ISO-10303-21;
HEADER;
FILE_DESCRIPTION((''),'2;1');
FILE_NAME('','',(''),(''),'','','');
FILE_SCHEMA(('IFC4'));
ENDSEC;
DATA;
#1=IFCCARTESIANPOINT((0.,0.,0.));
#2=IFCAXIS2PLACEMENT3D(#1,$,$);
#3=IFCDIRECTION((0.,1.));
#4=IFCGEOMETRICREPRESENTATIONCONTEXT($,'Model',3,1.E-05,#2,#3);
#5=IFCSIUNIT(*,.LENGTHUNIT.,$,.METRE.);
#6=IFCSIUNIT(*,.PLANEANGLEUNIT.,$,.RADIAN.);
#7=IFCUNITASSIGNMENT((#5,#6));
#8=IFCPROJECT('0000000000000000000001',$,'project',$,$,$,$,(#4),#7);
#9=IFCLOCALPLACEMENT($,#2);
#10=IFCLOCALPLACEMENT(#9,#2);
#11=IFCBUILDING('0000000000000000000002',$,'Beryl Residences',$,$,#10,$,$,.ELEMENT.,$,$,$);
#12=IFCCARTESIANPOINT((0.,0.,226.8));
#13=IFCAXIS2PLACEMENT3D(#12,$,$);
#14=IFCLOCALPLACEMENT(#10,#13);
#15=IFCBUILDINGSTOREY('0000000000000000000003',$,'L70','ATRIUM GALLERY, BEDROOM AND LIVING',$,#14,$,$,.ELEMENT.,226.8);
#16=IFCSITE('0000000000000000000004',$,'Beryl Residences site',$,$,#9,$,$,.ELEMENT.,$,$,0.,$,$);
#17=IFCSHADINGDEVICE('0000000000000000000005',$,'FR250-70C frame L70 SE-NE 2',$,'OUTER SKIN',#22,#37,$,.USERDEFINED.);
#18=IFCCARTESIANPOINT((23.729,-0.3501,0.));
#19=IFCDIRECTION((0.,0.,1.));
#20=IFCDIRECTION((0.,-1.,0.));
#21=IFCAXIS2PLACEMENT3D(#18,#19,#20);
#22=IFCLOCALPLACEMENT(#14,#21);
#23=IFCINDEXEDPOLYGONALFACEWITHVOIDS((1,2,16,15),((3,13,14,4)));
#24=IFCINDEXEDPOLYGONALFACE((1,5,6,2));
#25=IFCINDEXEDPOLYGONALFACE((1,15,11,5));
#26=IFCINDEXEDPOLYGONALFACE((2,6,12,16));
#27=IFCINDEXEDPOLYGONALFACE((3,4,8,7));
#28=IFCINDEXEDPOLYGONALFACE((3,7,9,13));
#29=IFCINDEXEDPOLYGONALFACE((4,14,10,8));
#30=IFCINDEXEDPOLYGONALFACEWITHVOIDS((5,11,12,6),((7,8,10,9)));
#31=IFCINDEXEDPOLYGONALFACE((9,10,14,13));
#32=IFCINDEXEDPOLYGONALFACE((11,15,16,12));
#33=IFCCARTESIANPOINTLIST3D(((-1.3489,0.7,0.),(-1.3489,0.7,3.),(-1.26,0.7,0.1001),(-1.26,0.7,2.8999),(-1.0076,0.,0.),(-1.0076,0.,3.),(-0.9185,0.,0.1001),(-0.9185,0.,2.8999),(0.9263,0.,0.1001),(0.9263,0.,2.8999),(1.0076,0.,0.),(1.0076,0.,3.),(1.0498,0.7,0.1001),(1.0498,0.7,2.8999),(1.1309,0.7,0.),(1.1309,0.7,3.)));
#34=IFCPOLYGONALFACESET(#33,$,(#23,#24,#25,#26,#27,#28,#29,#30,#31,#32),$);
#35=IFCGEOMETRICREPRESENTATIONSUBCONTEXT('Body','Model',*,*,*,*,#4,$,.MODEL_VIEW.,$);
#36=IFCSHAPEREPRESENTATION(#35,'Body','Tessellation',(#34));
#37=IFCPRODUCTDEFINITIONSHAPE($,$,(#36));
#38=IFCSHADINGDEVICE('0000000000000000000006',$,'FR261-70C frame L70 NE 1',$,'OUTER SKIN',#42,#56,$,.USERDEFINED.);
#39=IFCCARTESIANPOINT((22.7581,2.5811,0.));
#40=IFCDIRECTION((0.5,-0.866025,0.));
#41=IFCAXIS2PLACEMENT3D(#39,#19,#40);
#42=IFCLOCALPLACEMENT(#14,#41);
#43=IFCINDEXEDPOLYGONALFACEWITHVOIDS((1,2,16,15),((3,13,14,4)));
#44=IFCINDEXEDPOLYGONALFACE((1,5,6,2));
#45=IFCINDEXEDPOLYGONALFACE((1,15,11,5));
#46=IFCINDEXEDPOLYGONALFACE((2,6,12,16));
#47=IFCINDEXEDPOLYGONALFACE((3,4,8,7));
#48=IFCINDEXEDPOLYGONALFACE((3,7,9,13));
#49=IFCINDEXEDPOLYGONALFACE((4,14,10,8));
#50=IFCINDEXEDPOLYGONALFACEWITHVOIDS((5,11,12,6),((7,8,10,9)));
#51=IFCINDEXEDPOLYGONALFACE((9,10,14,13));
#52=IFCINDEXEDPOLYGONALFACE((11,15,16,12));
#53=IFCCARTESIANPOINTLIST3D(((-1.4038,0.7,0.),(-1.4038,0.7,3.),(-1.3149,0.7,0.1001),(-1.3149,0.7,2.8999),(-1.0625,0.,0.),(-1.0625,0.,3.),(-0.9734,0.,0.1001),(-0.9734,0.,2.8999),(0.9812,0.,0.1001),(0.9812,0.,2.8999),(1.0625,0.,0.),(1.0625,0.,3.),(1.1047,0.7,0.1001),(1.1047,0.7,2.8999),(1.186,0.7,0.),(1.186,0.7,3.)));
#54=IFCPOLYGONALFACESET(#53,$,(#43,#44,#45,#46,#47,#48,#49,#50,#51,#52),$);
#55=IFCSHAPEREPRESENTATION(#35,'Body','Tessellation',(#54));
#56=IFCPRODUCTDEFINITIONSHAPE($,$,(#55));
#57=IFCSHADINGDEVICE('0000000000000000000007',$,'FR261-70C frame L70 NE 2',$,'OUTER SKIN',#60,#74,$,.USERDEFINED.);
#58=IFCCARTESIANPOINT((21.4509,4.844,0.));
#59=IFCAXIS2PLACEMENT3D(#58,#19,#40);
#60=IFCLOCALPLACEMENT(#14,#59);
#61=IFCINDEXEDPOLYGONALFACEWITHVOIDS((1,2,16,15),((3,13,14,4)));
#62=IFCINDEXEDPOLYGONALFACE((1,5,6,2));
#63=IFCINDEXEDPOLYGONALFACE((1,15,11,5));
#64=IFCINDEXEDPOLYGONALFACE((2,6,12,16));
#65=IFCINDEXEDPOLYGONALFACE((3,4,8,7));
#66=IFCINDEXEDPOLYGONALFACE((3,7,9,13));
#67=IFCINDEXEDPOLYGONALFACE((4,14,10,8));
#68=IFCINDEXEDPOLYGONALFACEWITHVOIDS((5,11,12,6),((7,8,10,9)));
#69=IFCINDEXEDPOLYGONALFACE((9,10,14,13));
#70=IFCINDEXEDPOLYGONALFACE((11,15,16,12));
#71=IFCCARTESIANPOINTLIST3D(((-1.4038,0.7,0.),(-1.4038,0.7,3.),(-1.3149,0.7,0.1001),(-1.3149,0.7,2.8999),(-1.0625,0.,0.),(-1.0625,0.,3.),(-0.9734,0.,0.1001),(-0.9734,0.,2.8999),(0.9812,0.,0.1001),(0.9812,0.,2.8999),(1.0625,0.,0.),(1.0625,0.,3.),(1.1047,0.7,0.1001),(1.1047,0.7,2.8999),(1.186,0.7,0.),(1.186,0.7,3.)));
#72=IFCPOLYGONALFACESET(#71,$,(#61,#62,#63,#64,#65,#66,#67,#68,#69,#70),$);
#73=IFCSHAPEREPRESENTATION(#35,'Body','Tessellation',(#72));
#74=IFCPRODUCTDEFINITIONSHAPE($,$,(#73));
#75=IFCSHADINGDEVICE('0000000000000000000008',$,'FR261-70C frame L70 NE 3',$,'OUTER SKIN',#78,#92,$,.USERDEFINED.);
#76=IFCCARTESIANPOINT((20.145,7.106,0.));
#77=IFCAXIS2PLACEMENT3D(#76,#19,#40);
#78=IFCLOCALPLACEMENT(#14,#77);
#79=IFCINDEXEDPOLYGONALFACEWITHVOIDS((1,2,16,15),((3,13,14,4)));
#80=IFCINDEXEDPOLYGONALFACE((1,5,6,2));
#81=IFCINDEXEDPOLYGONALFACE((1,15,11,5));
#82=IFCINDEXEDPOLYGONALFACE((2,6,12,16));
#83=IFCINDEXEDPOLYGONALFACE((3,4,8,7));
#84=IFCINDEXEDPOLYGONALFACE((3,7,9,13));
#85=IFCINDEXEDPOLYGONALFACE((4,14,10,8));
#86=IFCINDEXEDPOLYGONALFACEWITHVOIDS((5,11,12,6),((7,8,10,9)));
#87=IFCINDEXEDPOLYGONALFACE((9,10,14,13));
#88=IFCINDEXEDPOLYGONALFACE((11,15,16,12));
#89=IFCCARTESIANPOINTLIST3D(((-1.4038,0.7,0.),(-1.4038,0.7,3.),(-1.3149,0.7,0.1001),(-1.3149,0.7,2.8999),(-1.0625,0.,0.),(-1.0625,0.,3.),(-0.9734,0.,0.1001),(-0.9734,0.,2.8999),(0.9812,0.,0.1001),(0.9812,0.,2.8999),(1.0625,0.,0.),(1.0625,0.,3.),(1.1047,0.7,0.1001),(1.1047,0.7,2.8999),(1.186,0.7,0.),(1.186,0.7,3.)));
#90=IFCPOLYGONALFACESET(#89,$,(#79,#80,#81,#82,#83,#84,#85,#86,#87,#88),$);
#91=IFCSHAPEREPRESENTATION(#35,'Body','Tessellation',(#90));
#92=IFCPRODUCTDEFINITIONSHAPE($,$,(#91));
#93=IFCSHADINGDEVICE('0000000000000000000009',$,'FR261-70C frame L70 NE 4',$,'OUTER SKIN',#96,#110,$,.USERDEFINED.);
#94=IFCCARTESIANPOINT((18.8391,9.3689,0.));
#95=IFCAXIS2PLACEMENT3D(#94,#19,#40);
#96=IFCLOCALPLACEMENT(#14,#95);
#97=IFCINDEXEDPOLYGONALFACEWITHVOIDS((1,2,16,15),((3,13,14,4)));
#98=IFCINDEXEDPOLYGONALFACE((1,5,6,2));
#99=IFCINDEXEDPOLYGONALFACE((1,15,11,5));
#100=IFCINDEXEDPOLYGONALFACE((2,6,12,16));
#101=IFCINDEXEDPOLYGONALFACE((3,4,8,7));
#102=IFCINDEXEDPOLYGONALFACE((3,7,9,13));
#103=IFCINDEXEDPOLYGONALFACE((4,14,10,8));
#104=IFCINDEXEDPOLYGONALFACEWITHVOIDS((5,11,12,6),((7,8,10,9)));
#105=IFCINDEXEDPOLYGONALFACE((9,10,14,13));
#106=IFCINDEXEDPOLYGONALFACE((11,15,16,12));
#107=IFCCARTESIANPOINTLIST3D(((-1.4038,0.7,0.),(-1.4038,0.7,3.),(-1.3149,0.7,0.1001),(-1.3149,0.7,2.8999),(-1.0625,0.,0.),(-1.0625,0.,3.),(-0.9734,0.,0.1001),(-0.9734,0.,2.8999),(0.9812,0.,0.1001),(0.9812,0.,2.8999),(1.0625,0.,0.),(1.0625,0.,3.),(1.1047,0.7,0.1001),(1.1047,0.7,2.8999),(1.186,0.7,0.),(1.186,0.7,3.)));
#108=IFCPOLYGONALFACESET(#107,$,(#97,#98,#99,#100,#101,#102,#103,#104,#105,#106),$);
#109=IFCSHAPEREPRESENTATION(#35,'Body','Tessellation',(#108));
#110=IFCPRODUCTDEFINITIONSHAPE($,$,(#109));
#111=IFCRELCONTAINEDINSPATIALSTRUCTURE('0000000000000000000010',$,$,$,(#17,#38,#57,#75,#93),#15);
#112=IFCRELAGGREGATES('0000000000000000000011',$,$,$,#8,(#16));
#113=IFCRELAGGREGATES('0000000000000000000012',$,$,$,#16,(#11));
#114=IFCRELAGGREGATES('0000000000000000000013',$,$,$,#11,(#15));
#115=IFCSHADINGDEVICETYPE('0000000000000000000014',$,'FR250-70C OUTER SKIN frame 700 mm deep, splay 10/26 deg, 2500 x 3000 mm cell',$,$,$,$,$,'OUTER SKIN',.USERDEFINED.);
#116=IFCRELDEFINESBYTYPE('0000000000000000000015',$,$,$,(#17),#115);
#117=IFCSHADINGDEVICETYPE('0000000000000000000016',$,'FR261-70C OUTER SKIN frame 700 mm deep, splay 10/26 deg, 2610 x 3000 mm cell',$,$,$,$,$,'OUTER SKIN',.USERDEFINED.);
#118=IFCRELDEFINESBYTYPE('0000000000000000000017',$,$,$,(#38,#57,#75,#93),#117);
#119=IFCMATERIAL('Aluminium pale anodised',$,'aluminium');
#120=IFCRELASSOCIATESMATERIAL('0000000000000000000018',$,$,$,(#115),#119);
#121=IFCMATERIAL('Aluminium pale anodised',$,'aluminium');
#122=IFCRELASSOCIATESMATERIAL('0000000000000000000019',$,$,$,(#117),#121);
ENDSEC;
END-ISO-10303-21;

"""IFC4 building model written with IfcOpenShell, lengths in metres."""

from ifc_helpers import new_model, entity, si_unit, direction, frame, origin, place, context, subcontext, project, spatial, source, transform, mapped, material, type_object, type_shapes, element, save


model = new_model("IFC4")

# Units and contexts
model_context = context("Model", 3, precision=1e-05, world=origin(), true_north=direction((0.0, 1.0)))
body_context = subcontext(model_context, "Body", "Model", "MODEL_VIEW")
ifc_project = project(units=[si_unit("LENGTHUNIT", "METRE"), si_unit("PLANEANGLEUNIT", "RADIAN")], contexts=[model_context])

# Site, building, storey
site_placement = place(None, origin())
site = spatial("IfcSite", under=ifc_project, at=site_placement, Name="Beryl Residences site", CompositionType="ELEMENT", RefElevation=0.0)
building_placement = place(site_placement, origin())
building = spatial("IfcBuilding", under=site, at=building_placement, Name="Beryl Residences", CompositionType="ELEMENT")
storey_placement = place(building_placement, frame((0.0, 0.0, 226.8)))
storey = spatial("IfcBuildingStorey", under=building, at=storey_placement, Name="L70", Description="ATRIUM GALLERY, BEDROOM AND LIVING", CompositionType="ELEMENT", Elevation=226.8)

# Shading devices
ifc_material_1 = material(Name="Aluminium pale anodised", Category="aluminium")
shading_device_type_1 = type_object("IfcShadingDeviceType", Name="FR250-70C OUTER SKIN frame 700 mm deep, splay 10/26 deg, 2500 x 3000 mm cell", ElementType="OUTER SKIN", PredefinedType="USERDEFINED", material=ifc_material_1)
cartesian_point_1 = entity("IfcCartesianPoint", [-1.0076, 0.0])
cartesian_point_2 = entity("IfcCartesianPoint", [-0.9263, 0.1001])
cartesian_point_3 = entity("IfcCartesianPoint", [-1.1309, 0.0])
cartesian_point_4 = entity("IfcCartesianPoint", [-1.0498, 0.1001])
shared_shape_1 = source(origin(), body_context, "Body", "SweptSolid", [
    entity("IfcExtrudedAreaSolidTapered", entity("IfcArbitraryProfileDefWithVoids", "AREA", None, entity("IfcPolyline", [cartesian_point_1, entity("IfcCartesianPoint", [1.0076, 0.0]), entity("IfcCartesianPoint", [1.0076, 3.0]), entity("IfcCartesianPoint", [-1.0076, 3.0]), cartesian_point_1]), [entity("IfcPolyline", [cartesian_point_2, entity("IfcCartesianPoint", [0.9185, 0.1001]), entity("IfcCartesianPoint", [0.9185, 2.8999]), entity("IfcCartesianPoint", [-0.9263, 2.8999]), cartesian_point_2])]), entity("IfcAxis2Placement3D", entity("IfcCartesianPoint", [0.0, 0.0, 0.0]), entity("IfcDirection", [0.0, 1.0, 0.0]), entity("IfcDirection", [-1.0, 0.0, 0.0])), entity("IfcDirection", [0.0, 0.0, 1.0]), 0.7, entity("IfcArbitraryProfileDefWithVoids", "AREA", None, entity("IfcPolyline", [cartesian_point_3, entity("IfcCartesianPoint", [1.3489, 0.0]), entity("IfcCartesianPoint", [1.3489, 3.0]), entity("IfcCartesianPoint", [-1.1309, 3.0]), cartesian_point_3]), [entity("IfcPolyline", [cartesian_point_4, entity("IfcCartesianPoint", [1.26, 0.1001]), entity("IfcCartesianPoint", [1.26, 2.8999]), entity("IfcCartesianPoint", [-1.0498, 2.8999]), cartesian_point_4])])),
])
type_shapes(shading_device_type_1, [shared_shape_1])
shading_device_placement = place(storey_placement, frame((23.729, -0.3501, 0.0), z_axis=(0.0, 0.0, 1.0), x_axis=(0.0, -1.0, 0.0)))
element("IfcShadingDevice", 1, at=shading_device_placement, inside=storey, type_object=shading_device_type_1, Name="FR250-70C frame L70 SE-NE 2", ObjectType="OUTER SKIN", PredefinedType="USERDEFINED", context=body_context, shape_type="MappedRepresentation", body=[
    mapped(shared_shape_1, transform((0.0, 0.0, 0.0))),
])
ifc_material_2 = material(Name="Aluminium pale anodised", Category="aluminium")
shading_device_type_2 = type_object("IfcShadingDeviceType", Name="FR261-70C OUTER SKIN frame 700 mm deep, splay 10/26 deg, 2610 x 3000 mm cell", ElementType="OUTER SKIN", PredefinedType="USERDEFINED", material=ifc_material_2)
cartesian_point_5 = entity("IfcCartesianPoint", [-1.0625, 0.0])
cartesian_point_6 = entity("IfcCartesianPoint", [-0.9812, 0.1001])
cartesian_point_7 = entity("IfcCartesianPoint", [-1.186, 0.0])
cartesian_point_8 = entity("IfcCartesianPoint", [-1.1047, 0.1001])
shared_shape_2 = source(origin(), body_context, "Body", "SweptSolid", [
    entity("IfcExtrudedAreaSolidTapered", entity("IfcArbitraryProfileDefWithVoids", "AREA", None, entity("IfcPolyline", [cartesian_point_5, entity("IfcCartesianPoint", [1.0625, 0.0]), entity("IfcCartesianPoint", [1.0625, 3.0]), entity("IfcCartesianPoint", [-1.0625, 3.0]), cartesian_point_5]), [entity("IfcPolyline", [cartesian_point_6, entity("IfcCartesianPoint", [0.9734, 0.1001]), entity("IfcCartesianPoint", [0.9734, 2.8999]), entity("IfcCartesianPoint", [-0.9812, 2.8999]), cartesian_point_6])]), entity("IfcAxis2Placement3D", entity("IfcCartesianPoint", [0.0, 0.0, 0.0]), entity("IfcDirection", [0.0, 1.0, 0.0]), entity("IfcDirection", [-1.0, 0.0, 0.0])), entity("IfcDirection", [0.0, 0.0, 1.0]), 0.7, entity("IfcArbitraryProfileDefWithVoids", "AREA", None, entity("IfcPolyline", [cartesian_point_7, entity("IfcCartesianPoint", [1.4038, 0.0]), entity("IfcCartesianPoint", [1.4038, 3.0]), entity("IfcCartesianPoint", [-1.186, 3.0]), cartesian_point_7]), [entity("IfcPolyline", [cartesian_point_8, entity("IfcCartesianPoint", [1.3149, 0.1001]), entity("IfcCartesianPoint", [1.3149, 2.8999]), entity("IfcCartesianPoint", [-1.1047, 2.8999]), cartesian_point_8])])),
])
type_shapes(shading_device_type_2, [shared_shape_2])
for number, where, z_axis, x_axis, name in (
    (2, (22.7581, 2.5811, 0.0), (0.0, 0.0, 1.0), (0.5, -0.866025, 0.0), "FR261-70C frame L70 NE 1"),
    (3, (21.4509, 4.844, 0.0), (0.0, 0.0, 1.0), (0.5, -0.866025, 0.0), "FR261-70C frame L70 NE 2"),
    (4, (20.145, 7.106, 0.0), (0.0, 0.0, 1.0), (0.5, -0.866025, 0.0), "FR261-70C frame L70 NE 3"),
    (5, (18.8391, 9.3689, 0.0), (0.0, 0.0, 1.0), (0.5, -0.866025, 0.0), "FR261-70C frame L70 NE 4"),
):
    element("IfcShadingDevice", number, at=place(storey_placement, frame(where, z_axis=z_axis, x_axis=x_axis)), inside=storey, type_object=shading_device_type_2, Name=name, ObjectType="OUTER SKIN", PredefinedType="USERDEFINED", context=body_context, shape_type="MappedRepresentation", body=[
        mapped(shared_shape_2, transform((0.0, 0.0, 0.0))),
    ])

save(model, "model.ifc")
